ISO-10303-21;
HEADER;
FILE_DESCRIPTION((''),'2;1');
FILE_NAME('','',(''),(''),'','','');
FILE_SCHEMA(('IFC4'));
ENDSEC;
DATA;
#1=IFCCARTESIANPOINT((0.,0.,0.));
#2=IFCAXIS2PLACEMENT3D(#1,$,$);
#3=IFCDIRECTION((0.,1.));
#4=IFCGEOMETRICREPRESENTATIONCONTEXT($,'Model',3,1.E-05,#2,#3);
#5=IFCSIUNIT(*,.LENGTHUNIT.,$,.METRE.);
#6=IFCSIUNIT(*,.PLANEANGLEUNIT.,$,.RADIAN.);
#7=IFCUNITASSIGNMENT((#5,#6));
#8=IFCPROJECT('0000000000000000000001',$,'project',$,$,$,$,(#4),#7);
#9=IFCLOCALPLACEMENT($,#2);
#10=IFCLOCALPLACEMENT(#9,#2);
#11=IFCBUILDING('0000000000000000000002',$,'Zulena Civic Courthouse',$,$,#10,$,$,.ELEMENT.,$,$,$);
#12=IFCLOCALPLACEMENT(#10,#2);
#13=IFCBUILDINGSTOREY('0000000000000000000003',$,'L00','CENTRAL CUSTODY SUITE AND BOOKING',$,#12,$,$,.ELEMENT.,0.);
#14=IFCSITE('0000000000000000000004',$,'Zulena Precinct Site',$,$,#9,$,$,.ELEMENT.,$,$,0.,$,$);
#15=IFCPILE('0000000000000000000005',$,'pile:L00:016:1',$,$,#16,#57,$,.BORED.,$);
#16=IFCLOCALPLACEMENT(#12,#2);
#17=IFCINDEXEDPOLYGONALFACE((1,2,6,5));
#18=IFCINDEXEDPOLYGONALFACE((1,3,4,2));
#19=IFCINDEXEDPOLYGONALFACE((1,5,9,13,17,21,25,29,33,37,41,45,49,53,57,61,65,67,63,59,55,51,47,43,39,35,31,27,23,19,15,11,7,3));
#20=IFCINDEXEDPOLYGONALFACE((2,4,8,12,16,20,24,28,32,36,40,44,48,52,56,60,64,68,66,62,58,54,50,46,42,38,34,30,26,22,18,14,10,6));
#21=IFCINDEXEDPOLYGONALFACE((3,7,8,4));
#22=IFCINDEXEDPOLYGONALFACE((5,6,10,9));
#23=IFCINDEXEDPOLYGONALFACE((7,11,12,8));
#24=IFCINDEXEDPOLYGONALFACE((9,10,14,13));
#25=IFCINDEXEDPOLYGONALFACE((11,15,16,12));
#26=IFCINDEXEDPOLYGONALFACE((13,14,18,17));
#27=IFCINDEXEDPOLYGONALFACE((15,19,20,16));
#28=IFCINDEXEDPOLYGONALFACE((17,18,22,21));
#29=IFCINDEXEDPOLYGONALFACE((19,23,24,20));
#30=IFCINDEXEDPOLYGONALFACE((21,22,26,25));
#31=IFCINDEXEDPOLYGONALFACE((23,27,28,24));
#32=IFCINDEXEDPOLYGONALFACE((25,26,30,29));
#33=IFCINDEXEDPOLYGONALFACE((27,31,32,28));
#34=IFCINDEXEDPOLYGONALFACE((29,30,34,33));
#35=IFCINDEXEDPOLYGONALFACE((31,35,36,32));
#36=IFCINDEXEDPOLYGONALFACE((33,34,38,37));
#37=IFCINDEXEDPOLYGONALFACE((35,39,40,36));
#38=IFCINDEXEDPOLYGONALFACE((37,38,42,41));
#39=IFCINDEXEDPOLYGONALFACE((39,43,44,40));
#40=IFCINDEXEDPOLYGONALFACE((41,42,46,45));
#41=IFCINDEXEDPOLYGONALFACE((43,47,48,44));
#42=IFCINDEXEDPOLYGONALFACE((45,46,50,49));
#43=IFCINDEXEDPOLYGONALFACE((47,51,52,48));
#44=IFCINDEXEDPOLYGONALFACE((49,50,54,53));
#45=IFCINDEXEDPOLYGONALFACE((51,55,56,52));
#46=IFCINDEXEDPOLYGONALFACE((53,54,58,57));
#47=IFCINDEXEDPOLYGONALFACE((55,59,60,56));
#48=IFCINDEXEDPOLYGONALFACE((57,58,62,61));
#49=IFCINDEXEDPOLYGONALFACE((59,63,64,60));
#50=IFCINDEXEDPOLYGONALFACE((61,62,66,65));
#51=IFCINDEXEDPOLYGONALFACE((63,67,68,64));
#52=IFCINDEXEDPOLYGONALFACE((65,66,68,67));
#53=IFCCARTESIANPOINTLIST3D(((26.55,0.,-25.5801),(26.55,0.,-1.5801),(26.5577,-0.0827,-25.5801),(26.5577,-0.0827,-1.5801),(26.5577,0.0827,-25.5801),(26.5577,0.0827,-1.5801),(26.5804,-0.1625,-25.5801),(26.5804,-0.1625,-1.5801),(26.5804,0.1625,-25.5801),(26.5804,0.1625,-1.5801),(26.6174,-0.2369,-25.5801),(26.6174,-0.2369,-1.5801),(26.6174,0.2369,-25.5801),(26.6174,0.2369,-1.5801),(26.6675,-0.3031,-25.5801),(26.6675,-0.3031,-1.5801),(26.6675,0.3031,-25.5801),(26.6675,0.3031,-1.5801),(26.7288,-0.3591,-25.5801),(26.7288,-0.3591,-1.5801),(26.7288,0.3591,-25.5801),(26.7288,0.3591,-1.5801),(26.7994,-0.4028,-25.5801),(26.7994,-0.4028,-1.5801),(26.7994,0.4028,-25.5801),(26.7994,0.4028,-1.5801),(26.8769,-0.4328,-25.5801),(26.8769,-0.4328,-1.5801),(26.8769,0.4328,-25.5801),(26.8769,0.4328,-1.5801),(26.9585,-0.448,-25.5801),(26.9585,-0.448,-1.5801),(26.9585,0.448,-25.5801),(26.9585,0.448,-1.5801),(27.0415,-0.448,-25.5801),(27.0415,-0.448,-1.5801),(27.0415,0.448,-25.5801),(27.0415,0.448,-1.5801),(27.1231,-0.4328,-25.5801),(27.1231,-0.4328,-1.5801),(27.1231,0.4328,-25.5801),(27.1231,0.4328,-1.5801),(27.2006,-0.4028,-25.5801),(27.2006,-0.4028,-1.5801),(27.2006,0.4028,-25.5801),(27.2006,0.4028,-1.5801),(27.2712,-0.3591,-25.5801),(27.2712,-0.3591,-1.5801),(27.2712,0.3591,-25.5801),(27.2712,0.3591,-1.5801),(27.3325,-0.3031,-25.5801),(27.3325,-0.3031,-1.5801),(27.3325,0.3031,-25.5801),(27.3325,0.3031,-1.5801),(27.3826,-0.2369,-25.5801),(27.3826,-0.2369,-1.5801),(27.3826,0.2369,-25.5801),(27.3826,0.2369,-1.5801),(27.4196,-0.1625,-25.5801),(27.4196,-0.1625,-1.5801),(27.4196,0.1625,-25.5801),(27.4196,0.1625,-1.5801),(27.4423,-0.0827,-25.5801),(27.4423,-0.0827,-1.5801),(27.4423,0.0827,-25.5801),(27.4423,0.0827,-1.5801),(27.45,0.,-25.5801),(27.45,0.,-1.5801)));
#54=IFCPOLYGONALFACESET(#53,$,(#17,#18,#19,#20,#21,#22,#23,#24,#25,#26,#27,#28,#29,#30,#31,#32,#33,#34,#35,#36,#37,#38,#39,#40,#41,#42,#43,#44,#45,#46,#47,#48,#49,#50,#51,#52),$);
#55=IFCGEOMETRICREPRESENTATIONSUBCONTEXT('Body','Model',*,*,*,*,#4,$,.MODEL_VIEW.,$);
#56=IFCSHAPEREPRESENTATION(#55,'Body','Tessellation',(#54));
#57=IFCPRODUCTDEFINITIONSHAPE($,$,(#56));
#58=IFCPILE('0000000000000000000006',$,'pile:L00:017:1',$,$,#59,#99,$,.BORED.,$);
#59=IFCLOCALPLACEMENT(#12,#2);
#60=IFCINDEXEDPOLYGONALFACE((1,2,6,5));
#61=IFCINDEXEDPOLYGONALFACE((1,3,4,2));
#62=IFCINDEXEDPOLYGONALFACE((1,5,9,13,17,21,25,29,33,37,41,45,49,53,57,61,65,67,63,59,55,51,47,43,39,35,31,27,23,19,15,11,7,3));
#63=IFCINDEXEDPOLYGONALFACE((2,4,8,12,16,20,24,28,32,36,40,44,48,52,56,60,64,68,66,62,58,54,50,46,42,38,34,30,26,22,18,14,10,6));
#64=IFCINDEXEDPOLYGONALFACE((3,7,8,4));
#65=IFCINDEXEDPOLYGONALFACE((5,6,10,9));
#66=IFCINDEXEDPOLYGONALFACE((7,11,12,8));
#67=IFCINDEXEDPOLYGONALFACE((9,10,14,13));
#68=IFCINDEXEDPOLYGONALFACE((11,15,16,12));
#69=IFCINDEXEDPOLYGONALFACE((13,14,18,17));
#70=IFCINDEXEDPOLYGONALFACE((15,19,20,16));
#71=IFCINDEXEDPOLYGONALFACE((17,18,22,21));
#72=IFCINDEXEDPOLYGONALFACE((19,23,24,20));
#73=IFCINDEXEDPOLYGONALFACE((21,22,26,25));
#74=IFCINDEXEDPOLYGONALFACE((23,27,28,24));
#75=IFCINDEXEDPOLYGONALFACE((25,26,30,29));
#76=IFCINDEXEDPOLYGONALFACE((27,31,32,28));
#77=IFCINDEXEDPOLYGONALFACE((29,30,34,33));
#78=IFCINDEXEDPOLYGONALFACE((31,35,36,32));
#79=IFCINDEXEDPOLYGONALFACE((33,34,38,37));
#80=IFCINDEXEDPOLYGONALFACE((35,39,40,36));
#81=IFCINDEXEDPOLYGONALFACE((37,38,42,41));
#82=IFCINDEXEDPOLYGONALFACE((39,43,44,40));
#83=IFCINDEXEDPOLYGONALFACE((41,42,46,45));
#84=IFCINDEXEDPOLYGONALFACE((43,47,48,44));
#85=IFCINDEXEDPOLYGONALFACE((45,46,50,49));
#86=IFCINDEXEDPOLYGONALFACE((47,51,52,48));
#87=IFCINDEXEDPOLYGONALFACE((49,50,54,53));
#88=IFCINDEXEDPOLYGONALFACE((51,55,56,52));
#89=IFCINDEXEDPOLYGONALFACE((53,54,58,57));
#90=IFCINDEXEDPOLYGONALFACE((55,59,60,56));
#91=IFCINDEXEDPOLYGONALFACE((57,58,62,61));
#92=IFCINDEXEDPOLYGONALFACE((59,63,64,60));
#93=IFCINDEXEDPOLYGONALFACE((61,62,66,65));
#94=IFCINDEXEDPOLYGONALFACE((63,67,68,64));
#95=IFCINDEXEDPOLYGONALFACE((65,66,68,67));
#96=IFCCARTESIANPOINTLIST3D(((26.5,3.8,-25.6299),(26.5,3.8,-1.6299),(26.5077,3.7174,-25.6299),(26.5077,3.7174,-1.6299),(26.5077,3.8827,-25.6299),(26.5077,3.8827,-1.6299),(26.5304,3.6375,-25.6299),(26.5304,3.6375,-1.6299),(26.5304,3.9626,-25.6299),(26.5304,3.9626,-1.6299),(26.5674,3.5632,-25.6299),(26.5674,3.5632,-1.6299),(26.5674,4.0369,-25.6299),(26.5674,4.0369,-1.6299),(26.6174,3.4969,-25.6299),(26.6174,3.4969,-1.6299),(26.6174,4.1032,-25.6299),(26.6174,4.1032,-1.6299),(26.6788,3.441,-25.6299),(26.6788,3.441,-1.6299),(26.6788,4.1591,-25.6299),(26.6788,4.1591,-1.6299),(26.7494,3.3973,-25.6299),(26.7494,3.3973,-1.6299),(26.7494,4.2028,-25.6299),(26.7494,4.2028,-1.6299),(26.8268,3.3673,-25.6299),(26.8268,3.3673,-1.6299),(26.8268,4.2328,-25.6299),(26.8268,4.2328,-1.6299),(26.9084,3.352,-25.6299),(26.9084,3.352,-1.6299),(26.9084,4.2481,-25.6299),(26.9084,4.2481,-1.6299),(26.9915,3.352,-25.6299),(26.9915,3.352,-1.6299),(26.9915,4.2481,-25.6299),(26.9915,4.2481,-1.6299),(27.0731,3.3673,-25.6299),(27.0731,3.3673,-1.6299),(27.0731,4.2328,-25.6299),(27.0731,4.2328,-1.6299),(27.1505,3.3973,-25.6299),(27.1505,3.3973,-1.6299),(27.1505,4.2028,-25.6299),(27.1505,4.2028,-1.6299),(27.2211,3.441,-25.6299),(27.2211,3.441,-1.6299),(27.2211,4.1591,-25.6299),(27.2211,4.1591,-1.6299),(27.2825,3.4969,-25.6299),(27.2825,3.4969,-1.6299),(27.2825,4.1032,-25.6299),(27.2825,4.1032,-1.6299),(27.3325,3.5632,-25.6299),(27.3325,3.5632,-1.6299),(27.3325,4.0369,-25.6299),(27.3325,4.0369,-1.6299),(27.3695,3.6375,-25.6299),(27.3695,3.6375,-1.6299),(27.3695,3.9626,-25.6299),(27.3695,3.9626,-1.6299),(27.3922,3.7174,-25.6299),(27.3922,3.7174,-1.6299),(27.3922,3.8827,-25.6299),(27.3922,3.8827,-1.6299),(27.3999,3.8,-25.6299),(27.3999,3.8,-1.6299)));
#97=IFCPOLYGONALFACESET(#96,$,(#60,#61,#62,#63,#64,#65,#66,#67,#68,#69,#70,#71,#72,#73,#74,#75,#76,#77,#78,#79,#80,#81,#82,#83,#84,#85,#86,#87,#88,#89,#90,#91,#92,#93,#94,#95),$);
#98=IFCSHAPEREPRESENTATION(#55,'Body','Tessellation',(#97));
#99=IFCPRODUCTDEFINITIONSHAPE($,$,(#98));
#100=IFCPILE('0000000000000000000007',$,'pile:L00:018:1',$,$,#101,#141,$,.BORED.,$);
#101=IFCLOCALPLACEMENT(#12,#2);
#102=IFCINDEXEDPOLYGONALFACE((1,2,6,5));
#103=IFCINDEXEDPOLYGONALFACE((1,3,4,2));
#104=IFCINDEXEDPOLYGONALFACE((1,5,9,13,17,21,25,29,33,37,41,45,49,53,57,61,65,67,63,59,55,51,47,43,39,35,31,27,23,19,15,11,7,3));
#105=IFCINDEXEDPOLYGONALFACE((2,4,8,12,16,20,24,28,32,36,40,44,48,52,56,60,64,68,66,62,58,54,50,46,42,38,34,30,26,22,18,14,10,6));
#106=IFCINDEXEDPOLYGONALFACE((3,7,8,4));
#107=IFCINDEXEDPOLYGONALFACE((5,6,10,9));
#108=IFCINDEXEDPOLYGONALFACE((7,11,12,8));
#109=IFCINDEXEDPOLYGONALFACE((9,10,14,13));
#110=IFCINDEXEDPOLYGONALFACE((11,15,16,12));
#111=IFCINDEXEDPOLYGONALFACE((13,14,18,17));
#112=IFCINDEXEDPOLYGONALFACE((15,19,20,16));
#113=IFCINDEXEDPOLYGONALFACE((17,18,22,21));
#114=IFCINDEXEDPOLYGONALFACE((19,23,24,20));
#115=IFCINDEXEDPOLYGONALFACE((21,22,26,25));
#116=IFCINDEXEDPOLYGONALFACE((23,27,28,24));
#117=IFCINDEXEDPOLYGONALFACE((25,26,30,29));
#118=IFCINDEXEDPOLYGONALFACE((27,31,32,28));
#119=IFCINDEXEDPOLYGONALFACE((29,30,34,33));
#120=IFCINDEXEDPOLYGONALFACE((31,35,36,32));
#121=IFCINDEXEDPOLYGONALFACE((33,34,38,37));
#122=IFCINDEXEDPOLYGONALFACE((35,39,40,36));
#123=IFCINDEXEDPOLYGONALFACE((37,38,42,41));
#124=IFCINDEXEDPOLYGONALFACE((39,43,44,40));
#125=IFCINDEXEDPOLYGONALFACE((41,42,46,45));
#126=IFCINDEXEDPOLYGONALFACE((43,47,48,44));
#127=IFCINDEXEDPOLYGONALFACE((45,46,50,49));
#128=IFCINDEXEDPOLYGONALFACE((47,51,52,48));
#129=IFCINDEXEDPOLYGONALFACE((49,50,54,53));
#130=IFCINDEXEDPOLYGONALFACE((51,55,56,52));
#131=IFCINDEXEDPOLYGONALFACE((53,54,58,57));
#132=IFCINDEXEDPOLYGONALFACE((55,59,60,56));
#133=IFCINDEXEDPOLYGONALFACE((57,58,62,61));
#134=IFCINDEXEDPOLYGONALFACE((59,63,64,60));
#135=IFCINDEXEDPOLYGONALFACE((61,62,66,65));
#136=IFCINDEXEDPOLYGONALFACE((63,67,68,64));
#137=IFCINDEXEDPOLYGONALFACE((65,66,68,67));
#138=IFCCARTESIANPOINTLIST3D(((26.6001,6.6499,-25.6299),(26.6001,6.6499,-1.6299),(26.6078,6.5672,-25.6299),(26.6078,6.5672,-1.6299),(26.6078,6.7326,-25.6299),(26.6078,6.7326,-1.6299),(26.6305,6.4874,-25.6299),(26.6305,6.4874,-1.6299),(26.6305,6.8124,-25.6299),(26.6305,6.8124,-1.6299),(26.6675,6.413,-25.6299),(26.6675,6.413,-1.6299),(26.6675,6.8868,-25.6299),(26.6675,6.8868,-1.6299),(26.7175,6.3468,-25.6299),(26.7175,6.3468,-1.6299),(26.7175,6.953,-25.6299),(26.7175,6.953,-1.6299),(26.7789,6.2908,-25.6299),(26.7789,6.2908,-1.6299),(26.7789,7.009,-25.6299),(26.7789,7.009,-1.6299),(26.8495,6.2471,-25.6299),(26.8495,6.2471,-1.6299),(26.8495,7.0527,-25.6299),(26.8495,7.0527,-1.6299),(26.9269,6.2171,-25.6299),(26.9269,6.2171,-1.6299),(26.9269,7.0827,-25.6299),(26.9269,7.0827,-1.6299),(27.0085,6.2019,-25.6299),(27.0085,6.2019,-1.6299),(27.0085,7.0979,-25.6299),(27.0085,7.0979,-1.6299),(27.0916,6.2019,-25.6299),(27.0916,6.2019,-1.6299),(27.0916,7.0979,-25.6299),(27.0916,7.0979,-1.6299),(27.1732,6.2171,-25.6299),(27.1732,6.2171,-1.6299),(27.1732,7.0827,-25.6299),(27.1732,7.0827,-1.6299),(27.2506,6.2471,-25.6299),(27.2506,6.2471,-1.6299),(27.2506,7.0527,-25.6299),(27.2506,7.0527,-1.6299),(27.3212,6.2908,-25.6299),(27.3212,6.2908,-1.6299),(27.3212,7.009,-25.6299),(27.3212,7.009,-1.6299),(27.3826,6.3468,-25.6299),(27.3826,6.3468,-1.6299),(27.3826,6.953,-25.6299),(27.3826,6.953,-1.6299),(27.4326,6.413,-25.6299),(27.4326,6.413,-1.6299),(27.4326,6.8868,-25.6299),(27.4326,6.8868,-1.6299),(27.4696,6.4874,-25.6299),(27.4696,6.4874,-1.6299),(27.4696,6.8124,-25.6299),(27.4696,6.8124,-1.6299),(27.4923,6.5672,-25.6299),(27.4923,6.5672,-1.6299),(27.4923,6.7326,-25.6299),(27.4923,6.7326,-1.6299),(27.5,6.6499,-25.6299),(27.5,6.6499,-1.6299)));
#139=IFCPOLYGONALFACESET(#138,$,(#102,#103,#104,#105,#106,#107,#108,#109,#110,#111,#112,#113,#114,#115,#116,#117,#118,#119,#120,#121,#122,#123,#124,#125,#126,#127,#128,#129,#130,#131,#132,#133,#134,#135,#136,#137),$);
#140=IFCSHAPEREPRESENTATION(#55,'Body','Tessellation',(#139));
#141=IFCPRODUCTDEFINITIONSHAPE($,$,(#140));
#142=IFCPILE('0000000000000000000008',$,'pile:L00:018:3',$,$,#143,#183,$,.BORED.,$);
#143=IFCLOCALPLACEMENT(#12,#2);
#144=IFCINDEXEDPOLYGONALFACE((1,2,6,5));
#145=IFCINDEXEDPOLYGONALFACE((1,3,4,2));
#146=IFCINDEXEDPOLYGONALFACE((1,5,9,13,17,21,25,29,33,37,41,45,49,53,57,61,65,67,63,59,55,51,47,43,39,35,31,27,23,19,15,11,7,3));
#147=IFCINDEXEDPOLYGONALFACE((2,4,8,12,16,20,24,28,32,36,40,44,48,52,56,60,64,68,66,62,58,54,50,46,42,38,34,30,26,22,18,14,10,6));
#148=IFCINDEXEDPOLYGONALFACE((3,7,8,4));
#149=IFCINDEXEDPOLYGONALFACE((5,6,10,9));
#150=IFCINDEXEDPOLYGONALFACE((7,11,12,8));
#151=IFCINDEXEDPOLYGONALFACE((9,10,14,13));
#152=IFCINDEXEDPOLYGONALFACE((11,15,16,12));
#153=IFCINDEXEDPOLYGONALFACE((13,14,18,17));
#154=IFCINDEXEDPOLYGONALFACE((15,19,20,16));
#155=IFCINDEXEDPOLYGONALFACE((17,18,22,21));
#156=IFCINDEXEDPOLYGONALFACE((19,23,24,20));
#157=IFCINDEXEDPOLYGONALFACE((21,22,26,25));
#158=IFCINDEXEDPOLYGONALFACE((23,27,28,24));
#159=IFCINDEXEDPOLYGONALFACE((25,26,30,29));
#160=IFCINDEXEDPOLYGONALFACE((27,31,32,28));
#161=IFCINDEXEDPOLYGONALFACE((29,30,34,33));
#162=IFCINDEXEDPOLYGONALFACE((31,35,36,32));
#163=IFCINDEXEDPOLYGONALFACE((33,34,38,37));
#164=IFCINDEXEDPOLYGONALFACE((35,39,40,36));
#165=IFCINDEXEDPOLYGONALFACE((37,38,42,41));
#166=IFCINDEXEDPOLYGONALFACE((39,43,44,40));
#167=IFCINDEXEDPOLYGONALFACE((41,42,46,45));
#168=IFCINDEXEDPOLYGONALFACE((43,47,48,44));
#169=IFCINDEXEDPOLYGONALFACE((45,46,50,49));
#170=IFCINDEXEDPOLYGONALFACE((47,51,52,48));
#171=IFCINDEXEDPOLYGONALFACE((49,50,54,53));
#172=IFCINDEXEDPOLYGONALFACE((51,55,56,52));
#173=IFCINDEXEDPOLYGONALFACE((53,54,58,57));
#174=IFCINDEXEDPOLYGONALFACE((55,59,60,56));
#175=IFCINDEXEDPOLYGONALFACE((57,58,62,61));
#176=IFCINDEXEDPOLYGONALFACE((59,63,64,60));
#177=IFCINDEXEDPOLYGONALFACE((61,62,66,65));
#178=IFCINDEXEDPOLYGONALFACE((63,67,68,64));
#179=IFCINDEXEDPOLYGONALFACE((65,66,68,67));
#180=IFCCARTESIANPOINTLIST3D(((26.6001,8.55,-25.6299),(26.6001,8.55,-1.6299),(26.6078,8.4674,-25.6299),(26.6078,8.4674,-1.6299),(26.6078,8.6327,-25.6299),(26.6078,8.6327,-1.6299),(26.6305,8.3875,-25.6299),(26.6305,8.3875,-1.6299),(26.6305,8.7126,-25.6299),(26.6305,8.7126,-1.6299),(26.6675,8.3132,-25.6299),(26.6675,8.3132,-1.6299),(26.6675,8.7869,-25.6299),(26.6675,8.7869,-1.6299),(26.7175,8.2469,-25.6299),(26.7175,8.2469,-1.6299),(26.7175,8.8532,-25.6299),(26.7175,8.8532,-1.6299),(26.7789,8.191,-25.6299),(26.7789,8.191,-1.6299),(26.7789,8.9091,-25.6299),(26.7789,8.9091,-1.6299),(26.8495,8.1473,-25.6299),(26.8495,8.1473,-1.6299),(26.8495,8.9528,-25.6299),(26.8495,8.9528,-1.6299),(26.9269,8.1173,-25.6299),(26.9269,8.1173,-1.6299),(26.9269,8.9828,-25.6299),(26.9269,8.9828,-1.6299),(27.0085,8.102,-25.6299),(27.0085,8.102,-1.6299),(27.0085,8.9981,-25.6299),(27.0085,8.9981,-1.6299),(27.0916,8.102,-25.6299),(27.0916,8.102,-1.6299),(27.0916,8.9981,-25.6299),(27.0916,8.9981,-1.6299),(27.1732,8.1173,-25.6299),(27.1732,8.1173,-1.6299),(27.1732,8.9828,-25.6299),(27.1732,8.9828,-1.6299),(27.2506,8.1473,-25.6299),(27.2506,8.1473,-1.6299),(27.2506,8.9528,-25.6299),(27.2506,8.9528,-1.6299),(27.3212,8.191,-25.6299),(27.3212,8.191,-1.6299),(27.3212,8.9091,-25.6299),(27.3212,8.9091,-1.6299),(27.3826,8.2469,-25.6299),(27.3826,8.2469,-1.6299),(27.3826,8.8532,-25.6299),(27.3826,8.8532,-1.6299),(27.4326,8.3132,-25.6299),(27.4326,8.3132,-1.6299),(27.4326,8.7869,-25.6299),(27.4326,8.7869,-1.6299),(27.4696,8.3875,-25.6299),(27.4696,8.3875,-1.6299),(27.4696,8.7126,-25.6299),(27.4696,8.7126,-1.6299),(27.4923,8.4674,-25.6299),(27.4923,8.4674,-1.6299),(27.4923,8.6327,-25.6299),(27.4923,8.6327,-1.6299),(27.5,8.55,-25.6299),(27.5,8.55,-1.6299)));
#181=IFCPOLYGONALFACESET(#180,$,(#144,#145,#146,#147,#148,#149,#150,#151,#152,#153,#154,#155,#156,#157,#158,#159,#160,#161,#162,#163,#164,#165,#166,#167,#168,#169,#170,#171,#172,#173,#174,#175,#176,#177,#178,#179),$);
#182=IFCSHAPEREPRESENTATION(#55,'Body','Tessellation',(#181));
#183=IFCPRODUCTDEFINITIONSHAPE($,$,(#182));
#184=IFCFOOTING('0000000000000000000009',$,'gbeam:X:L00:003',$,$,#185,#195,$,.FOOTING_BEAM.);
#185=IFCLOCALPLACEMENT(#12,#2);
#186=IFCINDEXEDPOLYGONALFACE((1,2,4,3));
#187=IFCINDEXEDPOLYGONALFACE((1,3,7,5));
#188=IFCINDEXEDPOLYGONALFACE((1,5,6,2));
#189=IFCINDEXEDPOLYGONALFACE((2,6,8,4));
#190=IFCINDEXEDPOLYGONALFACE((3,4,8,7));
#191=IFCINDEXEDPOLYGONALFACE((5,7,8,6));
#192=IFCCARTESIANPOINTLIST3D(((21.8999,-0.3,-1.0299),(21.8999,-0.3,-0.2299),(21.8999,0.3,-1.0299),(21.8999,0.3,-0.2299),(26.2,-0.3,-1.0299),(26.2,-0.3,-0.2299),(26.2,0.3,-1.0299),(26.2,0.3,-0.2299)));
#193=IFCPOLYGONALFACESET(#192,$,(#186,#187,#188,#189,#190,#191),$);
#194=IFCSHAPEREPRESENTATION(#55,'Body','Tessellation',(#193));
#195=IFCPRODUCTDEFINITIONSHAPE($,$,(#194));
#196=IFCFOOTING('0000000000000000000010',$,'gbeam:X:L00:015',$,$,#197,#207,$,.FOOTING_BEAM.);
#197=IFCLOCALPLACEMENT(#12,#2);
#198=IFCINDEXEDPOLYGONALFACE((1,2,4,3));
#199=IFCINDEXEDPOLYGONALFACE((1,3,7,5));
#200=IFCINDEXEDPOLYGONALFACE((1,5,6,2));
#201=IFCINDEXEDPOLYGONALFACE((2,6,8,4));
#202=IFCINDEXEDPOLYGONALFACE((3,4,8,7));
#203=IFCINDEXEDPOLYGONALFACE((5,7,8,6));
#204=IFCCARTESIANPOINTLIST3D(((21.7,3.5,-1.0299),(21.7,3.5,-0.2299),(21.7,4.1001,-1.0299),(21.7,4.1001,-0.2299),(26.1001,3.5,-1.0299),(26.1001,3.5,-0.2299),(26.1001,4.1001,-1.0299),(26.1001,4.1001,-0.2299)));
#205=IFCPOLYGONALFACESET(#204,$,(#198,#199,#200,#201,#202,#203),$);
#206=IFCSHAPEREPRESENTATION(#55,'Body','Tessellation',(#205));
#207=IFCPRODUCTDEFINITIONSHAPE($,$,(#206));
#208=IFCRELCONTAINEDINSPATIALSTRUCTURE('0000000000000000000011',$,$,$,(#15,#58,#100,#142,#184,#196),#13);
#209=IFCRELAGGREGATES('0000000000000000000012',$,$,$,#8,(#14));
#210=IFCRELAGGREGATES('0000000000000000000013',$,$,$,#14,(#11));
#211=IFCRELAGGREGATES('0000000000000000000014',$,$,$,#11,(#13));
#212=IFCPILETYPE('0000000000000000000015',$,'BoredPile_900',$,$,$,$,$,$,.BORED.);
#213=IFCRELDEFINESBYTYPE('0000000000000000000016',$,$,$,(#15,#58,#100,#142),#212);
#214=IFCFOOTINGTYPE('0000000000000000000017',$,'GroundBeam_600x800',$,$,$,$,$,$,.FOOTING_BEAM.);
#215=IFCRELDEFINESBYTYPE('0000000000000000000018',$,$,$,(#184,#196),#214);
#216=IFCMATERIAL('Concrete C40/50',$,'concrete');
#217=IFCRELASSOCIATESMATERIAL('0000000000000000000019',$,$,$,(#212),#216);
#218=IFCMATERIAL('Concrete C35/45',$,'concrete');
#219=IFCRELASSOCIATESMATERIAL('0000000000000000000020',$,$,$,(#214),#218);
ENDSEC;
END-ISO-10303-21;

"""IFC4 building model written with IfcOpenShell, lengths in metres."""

from ifc_helpers import new_model, si_unit, direction, frame, origin, origin_2d, place, context, subcontext, project, spatial, rectangle, circle, extrude, material, material_profile, profile_set, type_object, element, save


model = new_model("IFC4")

# Units and contexts
model_context = context("Model", 3, precision=1e-05, world=origin(), true_north=direction((0.0, 1.0)))
body_context = subcontext(model_context, "Body", "Model", "MODEL_VIEW")
ifc_project = project(units=[si_unit("LENGTHUNIT", "METRE"), si_unit("PLANEANGLEUNIT", "RADIAN")], contexts=[model_context])

# Site, building, storey
site_placement = place(None, origin())
site = spatial("IfcSite", under=ifc_project, at=site_placement, Name="Zulena Precinct Site", CompositionType="ELEMENT", RefElevation=0.0)
building_placement = place(site_placement, origin())
building = spatial("IfcBuilding", under=site, at=building_placement, Name="Zulena Civic Courthouse", CompositionType="ELEMENT")
storey_placement = place(building_placement, origin())
storey = spatial("IfcBuildingStorey", under=building, at=storey_placement, Name="L00", Description="CENTRAL CUSTODY SUITE AND BOOKING", CompositionType="ELEMENT", Elevation=0.0)

# Piles
ifc_material_1 = material(Name="Concrete C40/50", Category="concrete")
ifc_material_profile_1 = material_profile(ifc_material_1, circle(Radius=0.45, at=origin_2d()), Name="PILE900")
ifc_profile_set_1 = profile_set([ifc_material_profile_1], Name="Concrete C40/50")
pile_type = type_object("IfcPileType", Name="BoredPile_900", PredefinedType="BORED", material=ifc_profile_set_1)
for number, where, z_axis, x_axis, name in (
    (1, (27.0, 0.0, -1.5801), (0.0, 0.0, -1.0), (1.0, 0.0, 0.0), "pile:L00:016:1"),
    (2, (26.95, 3.8, -1.6299), (0.0, 0.0, -1.0), (1.0, 0.0, 0.0), "pile:L00:017:1"),
    (3, (27.05, 6.6499, -1.6299), (0.0, 0.0, -1.0), (1.0, 0.0, 0.0), "pile:L00:018:1"),
    (4, (27.05, 8.55, -1.6299), (0.0, 0.0, -1.0), (1.0, 0.0, 0.0), "pile:L00:018:3"),
):
    element("IfcPile", number, at=place(storey_placement, frame(where, z_axis=z_axis, x_axis=x_axis)), inside=storey, type_object=pile_type, Name=name, PredefinedType="BORED", context=body_context, shape_type="SweptSolid", body=[
        extrude(circle(Radius=0.45, at=origin_2d()), origin(), (0.0, 0.0, 1.0), 24.0),
    ])

# Footings
ifc_material_2 = material(Name="Concrete C35/45", Category="concrete")
ifc_material_profile_2 = material_profile(ifc_material_2, rectangle(XDim=0.6001, YDim=0.8, at=origin_2d()), Name="RC600X800")
ifc_profile_set_2 = profile_set([ifc_material_profile_2], Name="Concrete C35/45")
footing_type_1 = type_object("IfcFootingType", Name="GroundBeam_600x800", PredefinedType="FOOTING_BEAM", material=ifc_profile_set_2)
footing_1_placement = place(storey_placement, frame((21.8999, 0.0, -0.6299), z_axis=(1.0, 0.0, 0.0), x_axis=(0.0, 1.0, 0.0)))
element("IfcFooting", 5, at=footing_1_placement, inside=storey, type_object=footing_type_1, Name="gbeam:X:L00:003", PredefinedType="FOOTING_BEAM", context=body_context, shape_type="SweptSolid", body=[
    extrude(rectangle(XDim=0.6001, YDim=0.8, at=origin_2d()), origin(), (0.0, 0.0, 1.0), 4.3),
])
footing_2_placement = place(storey_placement, frame((21.7, 3.8, -0.6299), z_axis=(1.0, 0.0, 0.0), x_axis=(0.0, 1.0, 0.0)))
element("IfcFooting", 6, at=footing_2_placement, inside=storey, type_object=footing_type_1, Name="gbeam:X:L00:015", PredefinedType="FOOTING_BEAM", context=body_context, shape_type="SweptSolid", body=[
    extrude(rectangle(XDim=0.6001, YDim=0.8, at=origin_2d()), origin(), (0.0, 0.0, 1.0), 4.4001),
])

save(model, "model.ifc")
